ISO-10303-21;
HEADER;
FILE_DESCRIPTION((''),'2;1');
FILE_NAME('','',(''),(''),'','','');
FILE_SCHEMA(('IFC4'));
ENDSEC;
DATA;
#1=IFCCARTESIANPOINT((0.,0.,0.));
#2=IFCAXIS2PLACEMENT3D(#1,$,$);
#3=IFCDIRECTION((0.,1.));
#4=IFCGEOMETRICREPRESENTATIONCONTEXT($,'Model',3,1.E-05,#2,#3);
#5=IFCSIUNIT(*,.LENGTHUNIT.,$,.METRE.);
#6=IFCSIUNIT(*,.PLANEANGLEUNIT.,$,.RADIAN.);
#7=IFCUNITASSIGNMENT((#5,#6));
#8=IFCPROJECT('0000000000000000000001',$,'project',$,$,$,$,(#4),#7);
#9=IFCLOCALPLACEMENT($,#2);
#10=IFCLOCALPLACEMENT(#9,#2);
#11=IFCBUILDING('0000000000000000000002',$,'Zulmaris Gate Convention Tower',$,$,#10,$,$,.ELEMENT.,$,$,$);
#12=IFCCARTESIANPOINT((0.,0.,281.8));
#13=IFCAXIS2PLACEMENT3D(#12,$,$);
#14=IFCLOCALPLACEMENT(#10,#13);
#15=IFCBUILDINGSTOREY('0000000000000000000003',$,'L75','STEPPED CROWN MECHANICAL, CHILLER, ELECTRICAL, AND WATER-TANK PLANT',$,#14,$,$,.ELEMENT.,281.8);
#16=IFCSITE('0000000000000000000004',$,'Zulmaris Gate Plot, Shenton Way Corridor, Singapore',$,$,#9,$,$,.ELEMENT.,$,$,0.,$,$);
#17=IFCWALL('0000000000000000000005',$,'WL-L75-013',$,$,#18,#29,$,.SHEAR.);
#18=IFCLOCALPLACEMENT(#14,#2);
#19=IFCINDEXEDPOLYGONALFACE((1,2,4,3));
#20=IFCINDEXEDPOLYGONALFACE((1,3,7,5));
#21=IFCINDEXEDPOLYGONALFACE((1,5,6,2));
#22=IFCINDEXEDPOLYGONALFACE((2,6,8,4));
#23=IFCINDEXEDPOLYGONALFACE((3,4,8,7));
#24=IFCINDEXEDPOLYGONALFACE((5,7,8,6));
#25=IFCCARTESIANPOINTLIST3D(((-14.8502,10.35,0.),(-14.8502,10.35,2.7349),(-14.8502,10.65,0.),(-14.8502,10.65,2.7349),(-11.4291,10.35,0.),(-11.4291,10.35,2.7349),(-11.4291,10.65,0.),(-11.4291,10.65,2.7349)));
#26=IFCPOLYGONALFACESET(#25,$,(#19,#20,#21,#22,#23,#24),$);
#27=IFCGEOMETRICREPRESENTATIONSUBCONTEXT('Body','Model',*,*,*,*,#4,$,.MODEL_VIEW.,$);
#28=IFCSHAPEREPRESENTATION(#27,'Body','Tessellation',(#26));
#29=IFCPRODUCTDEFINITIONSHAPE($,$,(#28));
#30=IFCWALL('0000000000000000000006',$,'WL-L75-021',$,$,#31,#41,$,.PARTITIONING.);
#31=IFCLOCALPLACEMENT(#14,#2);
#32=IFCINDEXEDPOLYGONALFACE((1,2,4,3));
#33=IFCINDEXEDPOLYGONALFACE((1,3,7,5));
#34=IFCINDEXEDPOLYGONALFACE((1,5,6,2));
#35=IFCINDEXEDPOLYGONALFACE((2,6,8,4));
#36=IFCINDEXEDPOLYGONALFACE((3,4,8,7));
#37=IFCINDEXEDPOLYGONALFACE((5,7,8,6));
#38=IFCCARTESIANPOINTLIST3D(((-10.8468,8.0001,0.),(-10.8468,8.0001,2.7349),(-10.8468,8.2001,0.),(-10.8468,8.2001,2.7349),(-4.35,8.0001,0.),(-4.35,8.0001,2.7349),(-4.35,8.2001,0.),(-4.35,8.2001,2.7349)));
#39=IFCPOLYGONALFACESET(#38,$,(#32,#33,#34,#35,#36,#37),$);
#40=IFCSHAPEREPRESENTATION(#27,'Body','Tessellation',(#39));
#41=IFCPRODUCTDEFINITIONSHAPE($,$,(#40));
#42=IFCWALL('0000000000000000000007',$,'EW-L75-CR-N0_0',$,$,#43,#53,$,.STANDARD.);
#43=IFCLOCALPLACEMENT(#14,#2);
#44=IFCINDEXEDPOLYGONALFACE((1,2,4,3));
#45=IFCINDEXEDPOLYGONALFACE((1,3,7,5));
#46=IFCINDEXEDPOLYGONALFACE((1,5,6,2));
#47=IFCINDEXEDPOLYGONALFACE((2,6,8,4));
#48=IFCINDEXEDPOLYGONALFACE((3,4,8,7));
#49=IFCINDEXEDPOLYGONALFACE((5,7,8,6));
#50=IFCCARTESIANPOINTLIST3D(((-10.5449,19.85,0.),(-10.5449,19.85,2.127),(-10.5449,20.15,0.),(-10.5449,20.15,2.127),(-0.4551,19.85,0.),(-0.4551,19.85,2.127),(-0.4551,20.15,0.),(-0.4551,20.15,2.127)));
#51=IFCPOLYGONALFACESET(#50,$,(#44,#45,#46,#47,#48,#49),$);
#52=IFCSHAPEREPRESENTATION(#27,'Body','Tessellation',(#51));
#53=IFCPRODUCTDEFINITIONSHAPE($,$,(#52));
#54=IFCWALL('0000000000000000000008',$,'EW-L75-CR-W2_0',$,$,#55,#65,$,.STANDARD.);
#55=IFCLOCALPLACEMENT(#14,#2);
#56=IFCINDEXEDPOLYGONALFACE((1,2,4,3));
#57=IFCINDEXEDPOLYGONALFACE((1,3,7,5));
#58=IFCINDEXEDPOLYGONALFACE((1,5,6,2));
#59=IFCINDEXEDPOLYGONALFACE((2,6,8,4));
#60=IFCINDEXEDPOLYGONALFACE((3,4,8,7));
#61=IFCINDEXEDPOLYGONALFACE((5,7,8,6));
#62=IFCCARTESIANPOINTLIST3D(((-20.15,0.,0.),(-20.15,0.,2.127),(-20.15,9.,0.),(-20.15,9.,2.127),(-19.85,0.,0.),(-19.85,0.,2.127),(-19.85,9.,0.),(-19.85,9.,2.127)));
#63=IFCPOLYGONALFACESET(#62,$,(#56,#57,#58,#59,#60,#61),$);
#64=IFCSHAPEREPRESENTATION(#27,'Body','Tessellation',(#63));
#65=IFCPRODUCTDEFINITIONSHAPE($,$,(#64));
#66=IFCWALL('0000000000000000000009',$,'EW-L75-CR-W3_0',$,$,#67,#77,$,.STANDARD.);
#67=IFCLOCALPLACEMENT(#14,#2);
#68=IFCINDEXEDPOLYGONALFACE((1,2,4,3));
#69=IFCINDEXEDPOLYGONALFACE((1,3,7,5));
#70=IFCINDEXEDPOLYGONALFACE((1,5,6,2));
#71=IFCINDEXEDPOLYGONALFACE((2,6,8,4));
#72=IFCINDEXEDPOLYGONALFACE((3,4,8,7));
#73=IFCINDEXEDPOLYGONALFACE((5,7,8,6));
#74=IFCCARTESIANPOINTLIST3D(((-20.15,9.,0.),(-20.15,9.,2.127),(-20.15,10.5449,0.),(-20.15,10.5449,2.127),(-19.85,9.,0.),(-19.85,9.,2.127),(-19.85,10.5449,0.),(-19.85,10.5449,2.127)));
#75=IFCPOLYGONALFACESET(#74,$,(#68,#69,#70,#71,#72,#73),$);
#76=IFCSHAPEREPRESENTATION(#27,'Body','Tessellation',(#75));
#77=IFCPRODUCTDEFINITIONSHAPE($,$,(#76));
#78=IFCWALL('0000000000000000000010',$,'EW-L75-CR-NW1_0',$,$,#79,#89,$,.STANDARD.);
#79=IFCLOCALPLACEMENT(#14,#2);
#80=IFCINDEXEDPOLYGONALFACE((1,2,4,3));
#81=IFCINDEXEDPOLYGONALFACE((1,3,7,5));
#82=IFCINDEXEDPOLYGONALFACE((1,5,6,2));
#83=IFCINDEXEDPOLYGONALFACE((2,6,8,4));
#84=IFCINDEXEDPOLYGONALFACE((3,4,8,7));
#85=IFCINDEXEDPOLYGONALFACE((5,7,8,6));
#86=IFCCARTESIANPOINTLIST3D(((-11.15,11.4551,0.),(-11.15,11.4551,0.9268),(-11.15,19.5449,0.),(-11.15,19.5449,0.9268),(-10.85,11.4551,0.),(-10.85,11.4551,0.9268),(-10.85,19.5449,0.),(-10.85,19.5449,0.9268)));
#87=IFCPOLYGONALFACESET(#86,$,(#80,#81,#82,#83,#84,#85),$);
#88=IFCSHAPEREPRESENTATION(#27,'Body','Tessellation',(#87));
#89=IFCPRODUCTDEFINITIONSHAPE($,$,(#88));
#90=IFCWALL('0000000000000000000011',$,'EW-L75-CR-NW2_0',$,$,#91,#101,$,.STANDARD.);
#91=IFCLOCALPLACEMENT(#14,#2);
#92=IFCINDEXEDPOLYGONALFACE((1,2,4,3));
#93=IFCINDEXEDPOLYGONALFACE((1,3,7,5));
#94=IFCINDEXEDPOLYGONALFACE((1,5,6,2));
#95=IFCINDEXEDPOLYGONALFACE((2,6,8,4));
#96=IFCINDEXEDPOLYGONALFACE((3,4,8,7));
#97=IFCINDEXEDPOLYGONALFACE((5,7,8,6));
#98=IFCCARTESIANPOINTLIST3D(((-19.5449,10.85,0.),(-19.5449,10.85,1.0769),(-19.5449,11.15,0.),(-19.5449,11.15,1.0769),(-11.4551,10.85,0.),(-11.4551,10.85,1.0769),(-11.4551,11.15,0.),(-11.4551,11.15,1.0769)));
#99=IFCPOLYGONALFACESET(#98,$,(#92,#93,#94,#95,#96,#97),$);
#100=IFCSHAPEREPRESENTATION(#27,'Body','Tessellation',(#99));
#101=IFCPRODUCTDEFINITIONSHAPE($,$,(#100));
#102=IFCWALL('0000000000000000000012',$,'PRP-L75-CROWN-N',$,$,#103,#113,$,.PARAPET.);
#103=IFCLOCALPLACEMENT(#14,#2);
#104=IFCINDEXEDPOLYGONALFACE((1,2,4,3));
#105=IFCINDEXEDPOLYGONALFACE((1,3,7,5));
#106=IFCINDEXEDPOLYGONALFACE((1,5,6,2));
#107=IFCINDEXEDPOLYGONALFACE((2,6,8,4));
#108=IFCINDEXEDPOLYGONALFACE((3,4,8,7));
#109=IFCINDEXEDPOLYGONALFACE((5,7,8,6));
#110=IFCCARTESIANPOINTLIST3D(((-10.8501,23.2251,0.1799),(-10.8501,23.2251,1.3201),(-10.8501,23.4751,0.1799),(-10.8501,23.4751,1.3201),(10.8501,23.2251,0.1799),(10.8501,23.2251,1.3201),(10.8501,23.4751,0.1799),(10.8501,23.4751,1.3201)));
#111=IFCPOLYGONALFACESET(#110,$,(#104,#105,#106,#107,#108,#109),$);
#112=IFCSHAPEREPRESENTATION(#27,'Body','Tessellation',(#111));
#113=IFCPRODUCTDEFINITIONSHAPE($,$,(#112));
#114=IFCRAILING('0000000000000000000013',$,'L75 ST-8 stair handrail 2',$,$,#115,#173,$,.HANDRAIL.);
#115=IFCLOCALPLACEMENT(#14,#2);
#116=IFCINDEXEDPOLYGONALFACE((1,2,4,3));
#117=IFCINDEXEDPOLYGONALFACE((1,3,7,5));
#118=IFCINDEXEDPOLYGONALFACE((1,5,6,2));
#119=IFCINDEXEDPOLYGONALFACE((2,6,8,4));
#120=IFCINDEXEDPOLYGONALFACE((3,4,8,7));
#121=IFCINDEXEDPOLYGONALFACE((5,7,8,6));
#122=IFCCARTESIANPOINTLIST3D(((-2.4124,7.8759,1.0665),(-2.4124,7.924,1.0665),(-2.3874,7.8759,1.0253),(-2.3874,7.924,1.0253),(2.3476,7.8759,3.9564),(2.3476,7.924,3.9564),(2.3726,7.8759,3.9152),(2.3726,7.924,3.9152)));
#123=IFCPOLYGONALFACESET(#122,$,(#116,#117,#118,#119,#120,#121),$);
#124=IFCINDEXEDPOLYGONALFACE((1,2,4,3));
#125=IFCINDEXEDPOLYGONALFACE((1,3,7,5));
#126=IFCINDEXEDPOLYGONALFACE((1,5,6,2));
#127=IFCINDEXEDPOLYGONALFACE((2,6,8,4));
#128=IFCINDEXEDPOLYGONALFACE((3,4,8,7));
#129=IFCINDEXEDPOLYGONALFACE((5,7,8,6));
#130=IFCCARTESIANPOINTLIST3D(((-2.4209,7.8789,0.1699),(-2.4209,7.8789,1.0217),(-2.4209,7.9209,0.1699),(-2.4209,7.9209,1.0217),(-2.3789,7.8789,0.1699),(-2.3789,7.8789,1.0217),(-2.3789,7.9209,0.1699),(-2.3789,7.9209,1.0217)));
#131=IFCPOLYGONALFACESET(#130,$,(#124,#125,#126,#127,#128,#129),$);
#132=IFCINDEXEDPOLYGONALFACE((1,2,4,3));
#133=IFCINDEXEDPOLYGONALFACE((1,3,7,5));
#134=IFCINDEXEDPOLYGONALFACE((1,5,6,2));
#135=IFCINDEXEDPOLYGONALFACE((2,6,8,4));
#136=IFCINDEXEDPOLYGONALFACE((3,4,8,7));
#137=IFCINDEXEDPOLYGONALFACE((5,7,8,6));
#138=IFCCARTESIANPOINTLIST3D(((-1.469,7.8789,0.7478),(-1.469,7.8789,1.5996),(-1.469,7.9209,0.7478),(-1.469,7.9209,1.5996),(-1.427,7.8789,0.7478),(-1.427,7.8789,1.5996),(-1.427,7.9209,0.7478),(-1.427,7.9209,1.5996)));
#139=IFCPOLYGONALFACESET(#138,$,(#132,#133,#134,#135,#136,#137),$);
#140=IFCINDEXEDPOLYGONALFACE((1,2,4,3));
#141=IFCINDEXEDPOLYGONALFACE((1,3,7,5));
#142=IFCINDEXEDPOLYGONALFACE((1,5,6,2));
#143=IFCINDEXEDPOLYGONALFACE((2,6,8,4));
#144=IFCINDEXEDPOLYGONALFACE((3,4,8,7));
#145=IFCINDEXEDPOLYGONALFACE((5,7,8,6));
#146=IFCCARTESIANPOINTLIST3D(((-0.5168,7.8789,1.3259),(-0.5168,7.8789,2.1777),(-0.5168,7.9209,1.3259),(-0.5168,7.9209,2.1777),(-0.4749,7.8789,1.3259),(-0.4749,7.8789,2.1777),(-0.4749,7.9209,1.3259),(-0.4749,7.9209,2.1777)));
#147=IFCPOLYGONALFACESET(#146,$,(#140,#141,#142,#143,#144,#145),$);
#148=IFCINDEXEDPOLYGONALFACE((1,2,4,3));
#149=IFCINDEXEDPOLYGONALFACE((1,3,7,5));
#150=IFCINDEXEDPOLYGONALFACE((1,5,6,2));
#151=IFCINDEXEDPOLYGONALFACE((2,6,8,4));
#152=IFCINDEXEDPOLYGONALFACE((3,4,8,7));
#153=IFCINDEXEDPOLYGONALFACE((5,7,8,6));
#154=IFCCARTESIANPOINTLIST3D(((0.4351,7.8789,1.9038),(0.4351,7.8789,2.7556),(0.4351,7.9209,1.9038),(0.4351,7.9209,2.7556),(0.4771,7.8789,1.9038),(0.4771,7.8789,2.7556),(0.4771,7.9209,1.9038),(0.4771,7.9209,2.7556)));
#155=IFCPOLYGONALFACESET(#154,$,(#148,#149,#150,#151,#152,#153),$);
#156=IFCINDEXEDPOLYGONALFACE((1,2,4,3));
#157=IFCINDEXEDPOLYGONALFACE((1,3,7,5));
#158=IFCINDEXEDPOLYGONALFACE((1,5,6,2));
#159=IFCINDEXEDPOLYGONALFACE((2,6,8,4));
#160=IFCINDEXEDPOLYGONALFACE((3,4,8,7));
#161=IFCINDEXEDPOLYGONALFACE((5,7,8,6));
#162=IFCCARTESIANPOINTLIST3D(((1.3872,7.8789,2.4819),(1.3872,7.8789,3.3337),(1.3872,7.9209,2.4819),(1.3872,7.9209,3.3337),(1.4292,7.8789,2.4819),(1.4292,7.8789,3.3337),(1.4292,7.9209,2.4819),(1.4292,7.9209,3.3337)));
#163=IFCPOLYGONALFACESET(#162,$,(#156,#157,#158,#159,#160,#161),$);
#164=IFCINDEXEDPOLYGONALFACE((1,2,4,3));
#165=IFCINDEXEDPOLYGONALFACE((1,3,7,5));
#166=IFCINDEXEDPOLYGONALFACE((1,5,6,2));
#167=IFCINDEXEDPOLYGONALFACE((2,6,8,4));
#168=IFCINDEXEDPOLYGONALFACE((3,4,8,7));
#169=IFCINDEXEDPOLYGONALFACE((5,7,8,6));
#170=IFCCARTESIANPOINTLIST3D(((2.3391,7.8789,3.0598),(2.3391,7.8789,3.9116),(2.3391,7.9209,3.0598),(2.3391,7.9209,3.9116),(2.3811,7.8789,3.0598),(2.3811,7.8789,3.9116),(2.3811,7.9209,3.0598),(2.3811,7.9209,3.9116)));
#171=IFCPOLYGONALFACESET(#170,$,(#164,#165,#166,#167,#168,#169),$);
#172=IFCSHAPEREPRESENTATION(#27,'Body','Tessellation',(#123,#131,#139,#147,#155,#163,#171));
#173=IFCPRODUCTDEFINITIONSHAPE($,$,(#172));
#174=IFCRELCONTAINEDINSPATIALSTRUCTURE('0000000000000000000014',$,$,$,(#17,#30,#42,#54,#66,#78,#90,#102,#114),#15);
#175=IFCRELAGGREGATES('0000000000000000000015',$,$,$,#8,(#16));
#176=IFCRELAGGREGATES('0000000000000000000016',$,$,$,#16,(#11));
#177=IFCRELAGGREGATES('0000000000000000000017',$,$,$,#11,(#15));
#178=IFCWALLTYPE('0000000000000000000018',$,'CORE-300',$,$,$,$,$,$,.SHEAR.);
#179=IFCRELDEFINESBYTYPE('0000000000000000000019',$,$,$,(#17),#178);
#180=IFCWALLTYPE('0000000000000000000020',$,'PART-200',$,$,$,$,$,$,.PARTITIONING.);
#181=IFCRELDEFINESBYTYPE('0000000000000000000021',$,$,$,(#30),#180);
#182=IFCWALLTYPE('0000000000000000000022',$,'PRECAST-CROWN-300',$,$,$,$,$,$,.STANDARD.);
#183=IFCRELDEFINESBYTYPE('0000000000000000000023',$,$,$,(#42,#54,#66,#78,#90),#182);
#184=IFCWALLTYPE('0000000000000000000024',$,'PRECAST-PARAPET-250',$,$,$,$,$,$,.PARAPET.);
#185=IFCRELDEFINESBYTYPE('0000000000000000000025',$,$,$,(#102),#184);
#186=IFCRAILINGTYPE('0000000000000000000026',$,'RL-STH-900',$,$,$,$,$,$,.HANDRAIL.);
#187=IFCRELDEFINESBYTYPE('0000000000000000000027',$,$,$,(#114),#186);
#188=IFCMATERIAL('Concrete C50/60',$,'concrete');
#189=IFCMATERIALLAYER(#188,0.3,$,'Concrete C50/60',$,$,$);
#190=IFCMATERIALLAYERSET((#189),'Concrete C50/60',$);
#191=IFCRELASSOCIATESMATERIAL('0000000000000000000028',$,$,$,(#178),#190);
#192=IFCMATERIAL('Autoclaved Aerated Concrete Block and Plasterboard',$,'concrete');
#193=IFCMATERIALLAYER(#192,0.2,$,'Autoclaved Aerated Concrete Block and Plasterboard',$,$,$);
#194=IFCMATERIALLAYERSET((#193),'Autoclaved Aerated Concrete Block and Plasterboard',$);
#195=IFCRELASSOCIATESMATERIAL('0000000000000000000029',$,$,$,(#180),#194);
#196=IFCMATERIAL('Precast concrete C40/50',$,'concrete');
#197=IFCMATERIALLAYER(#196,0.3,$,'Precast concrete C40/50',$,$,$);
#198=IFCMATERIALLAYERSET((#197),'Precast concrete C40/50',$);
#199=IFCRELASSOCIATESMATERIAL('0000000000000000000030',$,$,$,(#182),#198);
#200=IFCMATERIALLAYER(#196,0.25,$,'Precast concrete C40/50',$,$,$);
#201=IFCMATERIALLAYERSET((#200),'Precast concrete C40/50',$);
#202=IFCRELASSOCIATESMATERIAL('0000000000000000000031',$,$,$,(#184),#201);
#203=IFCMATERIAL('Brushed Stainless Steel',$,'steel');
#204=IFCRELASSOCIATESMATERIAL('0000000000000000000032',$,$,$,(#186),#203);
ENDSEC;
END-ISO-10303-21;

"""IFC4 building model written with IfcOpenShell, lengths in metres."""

from ifc_helpers import new_model, si_unit, direction, frame, frame_2d, origin, origin_2d, place, context, subcontext, project, spatial, rectangle, extrude, material, layer, layer_set, type_object, element, save


model = new_model("IFC4")

# Units and contexts
model_context = context("Model", 3, precision=1e-05, world=origin(), true_north=direction((0.0, 1.0)))
body_context = subcontext(model_context, "Body", "Model", "MODEL_VIEW")
ifc_project = project(units=[si_unit("LENGTHUNIT", "METRE"), si_unit("PLANEANGLEUNIT", "RADIAN")], contexts=[model_context])

# Site, building, storey
site_placement = place(None, origin())
site = spatial("IfcSite", under=ifc_project, at=site_placement, Name="Zulmaris Gate Plot, Shenton Way Corridor, Singapore", CompositionType="ELEMENT", RefElevation=0.0)
building_placement = place(site_placement, origin())
building = spatial("IfcBuilding", under=site, at=building_placement, Name="Zulmaris Gate Convention Tower", CompositionType="ELEMENT")
storey_placement = place(building_placement, frame((0.0, 0.0, 281.8)))
storey = spatial("IfcBuildingStorey", under=building, at=storey_placement, Name="L75", Description="STEPPED CROWN MECHANICAL, CHILLER, ELECTRICAL, AND WATER-TANK PLANT", CompositionType="ELEMENT", Elevation=281.8)

# Walls
ifc_material_1 = material(Name="Concrete C50/60", Category="concrete")
ifc_layer_1 = layer(ifc_material_1, 0.3, Name="Concrete C50/60")
ifc_layer_set_1 = layer_set([ifc_layer_1], Name="Concrete C50/60")
wall_type_1 = type_object("IfcWallType", Name="CORE-300", PredefinedType="SHEAR", material=ifc_layer_set_1)
wall_1_placement = place(storey_placement, frame((-14.8501, 10.5, 0.0), z_axis=(0.0, 0.0, 1.0), x_axis=(1.0, 0.0, 0.0)))
element("IfcWall", 1, at=wall_1_placement, inside=storey, type_object=wall_type_1, Name="WL-L75-013", PredefinedType="SHEAR", context=body_context, shape_type="SweptSolid", body=[
    extrude(rectangle(XDim=3.4211, YDim=0.3, at=frame_2d((1.7104, 0.0))), origin(), (0.0, 0.0, 1.0), 2.7349),
])
ifc_material_2 = material(Name="Autoclaved Aerated Concrete Block and Plasterboard", Category="concrete")
ifc_layer_2 = layer(ifc_material_2, 0.2, Name="Autoclaved Aerated Concrete Block and Plasterboard")
ifc_layer_set_2 = layer_set([ifc_layer_2], Name="Autoclaved Aerated Concrete Block and Plasterboard")
wall_type_2 = type_object("IfcWallType", Name="PART-200", PredefinedType="PARTITIONING", material=ifc_layer_set_2)
wall_2_placement = place(storey_placement, frame((-10.8469, 8.1001, 0.0), z_axis=(0.0, 0.0, 1.0), x_axis=(1.0, 0.0, 0.0)))
element("IfcWall", 2, at=wall_2_placement, inside=storey, type_object=wall_type_2, Name="WL-L75-021", PredefinedType="PARTITIONING", context=body_context, shape_type="SweptSolid", body=[
    extrude(rectangle(XDim=6.4968, YDim=0.2, at=frame_2d((3.2485, 0.0))), origin(), (0.0, 0.0, 1.0), 2.7349),
])
ifc_material_3 = material(Name="Precast concrete C40/50", Category="concrete")
ifc_layer_3 = layer(ifc_material_3, 0.3, Name="Precast concrete C40/50")
ifc_layer_set_3 = layer_set([ifc_layer_3], Name="Precast concrete C40/50")
wall_type_3 = type_object("IfcWallType", Name="PRECAST-CROWN-300", PredefinedType="STANDARD", material=ifc_layer_set_3)
wall_3_placement = place(storey_placement, frame((-0.4551, 20.0, 0.0), z_axis=(0.0, 0.0, 1.0), x_axis=(-1.0, 0.0, 0.0)))
element("IfcWall", 3, at=wall_3_placement, inside=storey, type_object=wall_type_3, Name="EW-L75-CR-N0_0", PredefinedType="STANDARD", context=body_context, shape_type="SweptSolid", body=[
    extrude(rectangle(XDim=10.0898, YDim=0.3, at=frame_2d((5.0449, 0.0))), origin(), (0.0, 0.0, 1.0), 2.127),
])
wall_4_placement = place(storey_placement, frame((-20.0, 9.0, 0.0), z_axis=(0.0, 0.0, 1.0), x_axis=(0.0, -1.0, 0.0)))
element("IfcWall", 4, at=wall_4_placement, inside=storey, type_object=wall_type_3, Name="EW-L75-CR-W2_0", PredefinedType="STANDARD", context=body_context, shape_type="SweptSolid", body=[
    extrude(rectangle(XDim=9.0, YDim=0.3, at=frame_2d((4.5, 0.0))), origin(), (0.0, 0.0, 1.0), 2.127),
])
wall_5_placement = place(storey_placement, frame((-20.0, 10.5449, 0.0), z_axis=(0.0, 0.0, 1.0), x_axis=(0.0, -1.0, 0.0)))
element("IfcWall", 5, at=wall_5_placement, inside=storey, type_object=wall_type_3, Name="EW-L75-CR-W3_0", PredefinedType="STANDARD", context=body_context, shape_type="SweptSolid", body=[
    extrude(rectangle(XDim=1.5449, YDim=0.3, at=frame_2d((0.7725, 0.0))), origin(), (0.0, 0.0, 1.0), 2.127),
])
wall_6_placement = place(storey_placement, frame((-11.0, 19.5449, 0.0), z_axis=(0.0, 0.0, 1.0), x_axis=(0.0, -1.0, 0.0)))
element("IfcWall", 6, at=wall_6_placement, inside=storey, type_object=wall_type_3, Name="EW-L75-CR-NW1_0", PredefinedType="STANDARD", context=body_context, shape_type="SweptSolid", body=[
    extrude(rectangle(XDim=8.0898, YDim=0.3, at=frame_2d((4.0449, 0.0))), origin(), (0.0, 0.0, 1.0), 0.9268),
])
wall_7_placement = place(storey_placement, frame((-11.4551, 11.0, 0.0), z_axis=(0.0, 0.0, 1.0), x_axis=(-1.0, 0.0, 0.0)))
element("IfcWall", 7, at=wall_7_placement, inside=storey, type_object=wall_type_3, Name="EW-L75-CR-NW2_0", PredefinedType="STANDARD", context=body_context, shape_type="SweptSolid", body=[
    extrude(rectangle(XDim=8.0898, YDim=0.3, at=frame_2d((4.0449, 0.0))), origin(), (0.0, 0.0, 1.0), 1.0769),
])
ifc_layer_4 = layer(ifc_material_3, 0.25, Name="Precast concrete C40/50")
ifc_layer_set_4 = layer_set([ifc_layer_4], Name="Precast concrete C40/50")
wall_type_4 = type_object("IfcWallType", Name="PRECAST-PARAPET-250", PredefinedType="PARAPET", material=ifc_layer_set_4)
wall_8_placement = place(storey_placement, frame((-10.8501, 23.3501, 0.1799), z_axis=(0.0, 0.0, 1.0), x_axis=(1.0, 0.0, 0.0)))
element("IfcWall", 8, at=wall_8_placement, inside=storey, type_object=wall_type_4, Name="PRP-L75-CROWN-N", PredefinedType="PARAPET", context=body_context, shape_type="SweptSolid", body=[
    extrude(rectangle(XDim=21.7002, YDim=0.25, at=frame_2d((10.8501, 0.0))), origin(), (0.0, 0.0, 1.0), 1.1401),
])

# Railing
ifc_material_4 = material(Name="Brushed Stainless Steel", Category="steel")
railing_type = type_object("IfcRailingType", Name="RL-STH-900", PredefinedType="HANDRAIL", material=ifc_material_4)
railing_placement = place(storey_placement, frame((-2.3999, 7.8999, 0.1699)))
element("IfcRailing", 9, at=railing_placement, inside=storey, type_object=railing_type, Name="L75 ST-8 stair handrail 2", PredefinedType="HANDRAIL", context=body_context, shape_type="SweptSolid", body=[
    extrude(rectangle(XDim=0.0481, YDim=0.0481, at=origin_2d()), frame((0.0, 0.0, 0.876), z_axis=(0.854797, 0.0, 0.518963), x_axis=(0.0, 1.0, 0.0)), (0.0, 0.0, 1.0), 5.5686),
    extrude(rectangle(XDim=0.042, YDim=0.042, at=origin_2d()), origin(), (0.0, 0.0, 1.0), 0.8518),
    extrude(rectangle(XDim=0.042, YDim=0.042, at=origin_2d()), frame((0.9519, 0.0, 0.5779)), (0.0, 0.0, 1.0), 0.8518),
    extrude(rectangle(XDim=0.042, YDim=0.042, at=origin_2d()), frame((1.9041, 0.0, 1.156)), (0.0, 0.0, 1.0), 0.8518),
    extrude(rectangle(XDim=0.042, YDim=0.042, at=origin_2d()), frame((2.856, 0.0, 1.7339)), (0.0, 0.0, 1.0), 0.8518),
    extrude(rectangle(XDim=0.042, YDim=0.042, at=origin_2d()), frame((3.8081, 0.0, 2.312)), (0.0, 0.0, 1.0), 0.8518),
    extrude(rectangle(XDim=0.042, YDim=0.042, at=origin_2d()), frame((4.76, 0.0, 2.8899)), (0.0, 0.0, 1.0), 0.8518),
])

save(model, "model.ifc")
